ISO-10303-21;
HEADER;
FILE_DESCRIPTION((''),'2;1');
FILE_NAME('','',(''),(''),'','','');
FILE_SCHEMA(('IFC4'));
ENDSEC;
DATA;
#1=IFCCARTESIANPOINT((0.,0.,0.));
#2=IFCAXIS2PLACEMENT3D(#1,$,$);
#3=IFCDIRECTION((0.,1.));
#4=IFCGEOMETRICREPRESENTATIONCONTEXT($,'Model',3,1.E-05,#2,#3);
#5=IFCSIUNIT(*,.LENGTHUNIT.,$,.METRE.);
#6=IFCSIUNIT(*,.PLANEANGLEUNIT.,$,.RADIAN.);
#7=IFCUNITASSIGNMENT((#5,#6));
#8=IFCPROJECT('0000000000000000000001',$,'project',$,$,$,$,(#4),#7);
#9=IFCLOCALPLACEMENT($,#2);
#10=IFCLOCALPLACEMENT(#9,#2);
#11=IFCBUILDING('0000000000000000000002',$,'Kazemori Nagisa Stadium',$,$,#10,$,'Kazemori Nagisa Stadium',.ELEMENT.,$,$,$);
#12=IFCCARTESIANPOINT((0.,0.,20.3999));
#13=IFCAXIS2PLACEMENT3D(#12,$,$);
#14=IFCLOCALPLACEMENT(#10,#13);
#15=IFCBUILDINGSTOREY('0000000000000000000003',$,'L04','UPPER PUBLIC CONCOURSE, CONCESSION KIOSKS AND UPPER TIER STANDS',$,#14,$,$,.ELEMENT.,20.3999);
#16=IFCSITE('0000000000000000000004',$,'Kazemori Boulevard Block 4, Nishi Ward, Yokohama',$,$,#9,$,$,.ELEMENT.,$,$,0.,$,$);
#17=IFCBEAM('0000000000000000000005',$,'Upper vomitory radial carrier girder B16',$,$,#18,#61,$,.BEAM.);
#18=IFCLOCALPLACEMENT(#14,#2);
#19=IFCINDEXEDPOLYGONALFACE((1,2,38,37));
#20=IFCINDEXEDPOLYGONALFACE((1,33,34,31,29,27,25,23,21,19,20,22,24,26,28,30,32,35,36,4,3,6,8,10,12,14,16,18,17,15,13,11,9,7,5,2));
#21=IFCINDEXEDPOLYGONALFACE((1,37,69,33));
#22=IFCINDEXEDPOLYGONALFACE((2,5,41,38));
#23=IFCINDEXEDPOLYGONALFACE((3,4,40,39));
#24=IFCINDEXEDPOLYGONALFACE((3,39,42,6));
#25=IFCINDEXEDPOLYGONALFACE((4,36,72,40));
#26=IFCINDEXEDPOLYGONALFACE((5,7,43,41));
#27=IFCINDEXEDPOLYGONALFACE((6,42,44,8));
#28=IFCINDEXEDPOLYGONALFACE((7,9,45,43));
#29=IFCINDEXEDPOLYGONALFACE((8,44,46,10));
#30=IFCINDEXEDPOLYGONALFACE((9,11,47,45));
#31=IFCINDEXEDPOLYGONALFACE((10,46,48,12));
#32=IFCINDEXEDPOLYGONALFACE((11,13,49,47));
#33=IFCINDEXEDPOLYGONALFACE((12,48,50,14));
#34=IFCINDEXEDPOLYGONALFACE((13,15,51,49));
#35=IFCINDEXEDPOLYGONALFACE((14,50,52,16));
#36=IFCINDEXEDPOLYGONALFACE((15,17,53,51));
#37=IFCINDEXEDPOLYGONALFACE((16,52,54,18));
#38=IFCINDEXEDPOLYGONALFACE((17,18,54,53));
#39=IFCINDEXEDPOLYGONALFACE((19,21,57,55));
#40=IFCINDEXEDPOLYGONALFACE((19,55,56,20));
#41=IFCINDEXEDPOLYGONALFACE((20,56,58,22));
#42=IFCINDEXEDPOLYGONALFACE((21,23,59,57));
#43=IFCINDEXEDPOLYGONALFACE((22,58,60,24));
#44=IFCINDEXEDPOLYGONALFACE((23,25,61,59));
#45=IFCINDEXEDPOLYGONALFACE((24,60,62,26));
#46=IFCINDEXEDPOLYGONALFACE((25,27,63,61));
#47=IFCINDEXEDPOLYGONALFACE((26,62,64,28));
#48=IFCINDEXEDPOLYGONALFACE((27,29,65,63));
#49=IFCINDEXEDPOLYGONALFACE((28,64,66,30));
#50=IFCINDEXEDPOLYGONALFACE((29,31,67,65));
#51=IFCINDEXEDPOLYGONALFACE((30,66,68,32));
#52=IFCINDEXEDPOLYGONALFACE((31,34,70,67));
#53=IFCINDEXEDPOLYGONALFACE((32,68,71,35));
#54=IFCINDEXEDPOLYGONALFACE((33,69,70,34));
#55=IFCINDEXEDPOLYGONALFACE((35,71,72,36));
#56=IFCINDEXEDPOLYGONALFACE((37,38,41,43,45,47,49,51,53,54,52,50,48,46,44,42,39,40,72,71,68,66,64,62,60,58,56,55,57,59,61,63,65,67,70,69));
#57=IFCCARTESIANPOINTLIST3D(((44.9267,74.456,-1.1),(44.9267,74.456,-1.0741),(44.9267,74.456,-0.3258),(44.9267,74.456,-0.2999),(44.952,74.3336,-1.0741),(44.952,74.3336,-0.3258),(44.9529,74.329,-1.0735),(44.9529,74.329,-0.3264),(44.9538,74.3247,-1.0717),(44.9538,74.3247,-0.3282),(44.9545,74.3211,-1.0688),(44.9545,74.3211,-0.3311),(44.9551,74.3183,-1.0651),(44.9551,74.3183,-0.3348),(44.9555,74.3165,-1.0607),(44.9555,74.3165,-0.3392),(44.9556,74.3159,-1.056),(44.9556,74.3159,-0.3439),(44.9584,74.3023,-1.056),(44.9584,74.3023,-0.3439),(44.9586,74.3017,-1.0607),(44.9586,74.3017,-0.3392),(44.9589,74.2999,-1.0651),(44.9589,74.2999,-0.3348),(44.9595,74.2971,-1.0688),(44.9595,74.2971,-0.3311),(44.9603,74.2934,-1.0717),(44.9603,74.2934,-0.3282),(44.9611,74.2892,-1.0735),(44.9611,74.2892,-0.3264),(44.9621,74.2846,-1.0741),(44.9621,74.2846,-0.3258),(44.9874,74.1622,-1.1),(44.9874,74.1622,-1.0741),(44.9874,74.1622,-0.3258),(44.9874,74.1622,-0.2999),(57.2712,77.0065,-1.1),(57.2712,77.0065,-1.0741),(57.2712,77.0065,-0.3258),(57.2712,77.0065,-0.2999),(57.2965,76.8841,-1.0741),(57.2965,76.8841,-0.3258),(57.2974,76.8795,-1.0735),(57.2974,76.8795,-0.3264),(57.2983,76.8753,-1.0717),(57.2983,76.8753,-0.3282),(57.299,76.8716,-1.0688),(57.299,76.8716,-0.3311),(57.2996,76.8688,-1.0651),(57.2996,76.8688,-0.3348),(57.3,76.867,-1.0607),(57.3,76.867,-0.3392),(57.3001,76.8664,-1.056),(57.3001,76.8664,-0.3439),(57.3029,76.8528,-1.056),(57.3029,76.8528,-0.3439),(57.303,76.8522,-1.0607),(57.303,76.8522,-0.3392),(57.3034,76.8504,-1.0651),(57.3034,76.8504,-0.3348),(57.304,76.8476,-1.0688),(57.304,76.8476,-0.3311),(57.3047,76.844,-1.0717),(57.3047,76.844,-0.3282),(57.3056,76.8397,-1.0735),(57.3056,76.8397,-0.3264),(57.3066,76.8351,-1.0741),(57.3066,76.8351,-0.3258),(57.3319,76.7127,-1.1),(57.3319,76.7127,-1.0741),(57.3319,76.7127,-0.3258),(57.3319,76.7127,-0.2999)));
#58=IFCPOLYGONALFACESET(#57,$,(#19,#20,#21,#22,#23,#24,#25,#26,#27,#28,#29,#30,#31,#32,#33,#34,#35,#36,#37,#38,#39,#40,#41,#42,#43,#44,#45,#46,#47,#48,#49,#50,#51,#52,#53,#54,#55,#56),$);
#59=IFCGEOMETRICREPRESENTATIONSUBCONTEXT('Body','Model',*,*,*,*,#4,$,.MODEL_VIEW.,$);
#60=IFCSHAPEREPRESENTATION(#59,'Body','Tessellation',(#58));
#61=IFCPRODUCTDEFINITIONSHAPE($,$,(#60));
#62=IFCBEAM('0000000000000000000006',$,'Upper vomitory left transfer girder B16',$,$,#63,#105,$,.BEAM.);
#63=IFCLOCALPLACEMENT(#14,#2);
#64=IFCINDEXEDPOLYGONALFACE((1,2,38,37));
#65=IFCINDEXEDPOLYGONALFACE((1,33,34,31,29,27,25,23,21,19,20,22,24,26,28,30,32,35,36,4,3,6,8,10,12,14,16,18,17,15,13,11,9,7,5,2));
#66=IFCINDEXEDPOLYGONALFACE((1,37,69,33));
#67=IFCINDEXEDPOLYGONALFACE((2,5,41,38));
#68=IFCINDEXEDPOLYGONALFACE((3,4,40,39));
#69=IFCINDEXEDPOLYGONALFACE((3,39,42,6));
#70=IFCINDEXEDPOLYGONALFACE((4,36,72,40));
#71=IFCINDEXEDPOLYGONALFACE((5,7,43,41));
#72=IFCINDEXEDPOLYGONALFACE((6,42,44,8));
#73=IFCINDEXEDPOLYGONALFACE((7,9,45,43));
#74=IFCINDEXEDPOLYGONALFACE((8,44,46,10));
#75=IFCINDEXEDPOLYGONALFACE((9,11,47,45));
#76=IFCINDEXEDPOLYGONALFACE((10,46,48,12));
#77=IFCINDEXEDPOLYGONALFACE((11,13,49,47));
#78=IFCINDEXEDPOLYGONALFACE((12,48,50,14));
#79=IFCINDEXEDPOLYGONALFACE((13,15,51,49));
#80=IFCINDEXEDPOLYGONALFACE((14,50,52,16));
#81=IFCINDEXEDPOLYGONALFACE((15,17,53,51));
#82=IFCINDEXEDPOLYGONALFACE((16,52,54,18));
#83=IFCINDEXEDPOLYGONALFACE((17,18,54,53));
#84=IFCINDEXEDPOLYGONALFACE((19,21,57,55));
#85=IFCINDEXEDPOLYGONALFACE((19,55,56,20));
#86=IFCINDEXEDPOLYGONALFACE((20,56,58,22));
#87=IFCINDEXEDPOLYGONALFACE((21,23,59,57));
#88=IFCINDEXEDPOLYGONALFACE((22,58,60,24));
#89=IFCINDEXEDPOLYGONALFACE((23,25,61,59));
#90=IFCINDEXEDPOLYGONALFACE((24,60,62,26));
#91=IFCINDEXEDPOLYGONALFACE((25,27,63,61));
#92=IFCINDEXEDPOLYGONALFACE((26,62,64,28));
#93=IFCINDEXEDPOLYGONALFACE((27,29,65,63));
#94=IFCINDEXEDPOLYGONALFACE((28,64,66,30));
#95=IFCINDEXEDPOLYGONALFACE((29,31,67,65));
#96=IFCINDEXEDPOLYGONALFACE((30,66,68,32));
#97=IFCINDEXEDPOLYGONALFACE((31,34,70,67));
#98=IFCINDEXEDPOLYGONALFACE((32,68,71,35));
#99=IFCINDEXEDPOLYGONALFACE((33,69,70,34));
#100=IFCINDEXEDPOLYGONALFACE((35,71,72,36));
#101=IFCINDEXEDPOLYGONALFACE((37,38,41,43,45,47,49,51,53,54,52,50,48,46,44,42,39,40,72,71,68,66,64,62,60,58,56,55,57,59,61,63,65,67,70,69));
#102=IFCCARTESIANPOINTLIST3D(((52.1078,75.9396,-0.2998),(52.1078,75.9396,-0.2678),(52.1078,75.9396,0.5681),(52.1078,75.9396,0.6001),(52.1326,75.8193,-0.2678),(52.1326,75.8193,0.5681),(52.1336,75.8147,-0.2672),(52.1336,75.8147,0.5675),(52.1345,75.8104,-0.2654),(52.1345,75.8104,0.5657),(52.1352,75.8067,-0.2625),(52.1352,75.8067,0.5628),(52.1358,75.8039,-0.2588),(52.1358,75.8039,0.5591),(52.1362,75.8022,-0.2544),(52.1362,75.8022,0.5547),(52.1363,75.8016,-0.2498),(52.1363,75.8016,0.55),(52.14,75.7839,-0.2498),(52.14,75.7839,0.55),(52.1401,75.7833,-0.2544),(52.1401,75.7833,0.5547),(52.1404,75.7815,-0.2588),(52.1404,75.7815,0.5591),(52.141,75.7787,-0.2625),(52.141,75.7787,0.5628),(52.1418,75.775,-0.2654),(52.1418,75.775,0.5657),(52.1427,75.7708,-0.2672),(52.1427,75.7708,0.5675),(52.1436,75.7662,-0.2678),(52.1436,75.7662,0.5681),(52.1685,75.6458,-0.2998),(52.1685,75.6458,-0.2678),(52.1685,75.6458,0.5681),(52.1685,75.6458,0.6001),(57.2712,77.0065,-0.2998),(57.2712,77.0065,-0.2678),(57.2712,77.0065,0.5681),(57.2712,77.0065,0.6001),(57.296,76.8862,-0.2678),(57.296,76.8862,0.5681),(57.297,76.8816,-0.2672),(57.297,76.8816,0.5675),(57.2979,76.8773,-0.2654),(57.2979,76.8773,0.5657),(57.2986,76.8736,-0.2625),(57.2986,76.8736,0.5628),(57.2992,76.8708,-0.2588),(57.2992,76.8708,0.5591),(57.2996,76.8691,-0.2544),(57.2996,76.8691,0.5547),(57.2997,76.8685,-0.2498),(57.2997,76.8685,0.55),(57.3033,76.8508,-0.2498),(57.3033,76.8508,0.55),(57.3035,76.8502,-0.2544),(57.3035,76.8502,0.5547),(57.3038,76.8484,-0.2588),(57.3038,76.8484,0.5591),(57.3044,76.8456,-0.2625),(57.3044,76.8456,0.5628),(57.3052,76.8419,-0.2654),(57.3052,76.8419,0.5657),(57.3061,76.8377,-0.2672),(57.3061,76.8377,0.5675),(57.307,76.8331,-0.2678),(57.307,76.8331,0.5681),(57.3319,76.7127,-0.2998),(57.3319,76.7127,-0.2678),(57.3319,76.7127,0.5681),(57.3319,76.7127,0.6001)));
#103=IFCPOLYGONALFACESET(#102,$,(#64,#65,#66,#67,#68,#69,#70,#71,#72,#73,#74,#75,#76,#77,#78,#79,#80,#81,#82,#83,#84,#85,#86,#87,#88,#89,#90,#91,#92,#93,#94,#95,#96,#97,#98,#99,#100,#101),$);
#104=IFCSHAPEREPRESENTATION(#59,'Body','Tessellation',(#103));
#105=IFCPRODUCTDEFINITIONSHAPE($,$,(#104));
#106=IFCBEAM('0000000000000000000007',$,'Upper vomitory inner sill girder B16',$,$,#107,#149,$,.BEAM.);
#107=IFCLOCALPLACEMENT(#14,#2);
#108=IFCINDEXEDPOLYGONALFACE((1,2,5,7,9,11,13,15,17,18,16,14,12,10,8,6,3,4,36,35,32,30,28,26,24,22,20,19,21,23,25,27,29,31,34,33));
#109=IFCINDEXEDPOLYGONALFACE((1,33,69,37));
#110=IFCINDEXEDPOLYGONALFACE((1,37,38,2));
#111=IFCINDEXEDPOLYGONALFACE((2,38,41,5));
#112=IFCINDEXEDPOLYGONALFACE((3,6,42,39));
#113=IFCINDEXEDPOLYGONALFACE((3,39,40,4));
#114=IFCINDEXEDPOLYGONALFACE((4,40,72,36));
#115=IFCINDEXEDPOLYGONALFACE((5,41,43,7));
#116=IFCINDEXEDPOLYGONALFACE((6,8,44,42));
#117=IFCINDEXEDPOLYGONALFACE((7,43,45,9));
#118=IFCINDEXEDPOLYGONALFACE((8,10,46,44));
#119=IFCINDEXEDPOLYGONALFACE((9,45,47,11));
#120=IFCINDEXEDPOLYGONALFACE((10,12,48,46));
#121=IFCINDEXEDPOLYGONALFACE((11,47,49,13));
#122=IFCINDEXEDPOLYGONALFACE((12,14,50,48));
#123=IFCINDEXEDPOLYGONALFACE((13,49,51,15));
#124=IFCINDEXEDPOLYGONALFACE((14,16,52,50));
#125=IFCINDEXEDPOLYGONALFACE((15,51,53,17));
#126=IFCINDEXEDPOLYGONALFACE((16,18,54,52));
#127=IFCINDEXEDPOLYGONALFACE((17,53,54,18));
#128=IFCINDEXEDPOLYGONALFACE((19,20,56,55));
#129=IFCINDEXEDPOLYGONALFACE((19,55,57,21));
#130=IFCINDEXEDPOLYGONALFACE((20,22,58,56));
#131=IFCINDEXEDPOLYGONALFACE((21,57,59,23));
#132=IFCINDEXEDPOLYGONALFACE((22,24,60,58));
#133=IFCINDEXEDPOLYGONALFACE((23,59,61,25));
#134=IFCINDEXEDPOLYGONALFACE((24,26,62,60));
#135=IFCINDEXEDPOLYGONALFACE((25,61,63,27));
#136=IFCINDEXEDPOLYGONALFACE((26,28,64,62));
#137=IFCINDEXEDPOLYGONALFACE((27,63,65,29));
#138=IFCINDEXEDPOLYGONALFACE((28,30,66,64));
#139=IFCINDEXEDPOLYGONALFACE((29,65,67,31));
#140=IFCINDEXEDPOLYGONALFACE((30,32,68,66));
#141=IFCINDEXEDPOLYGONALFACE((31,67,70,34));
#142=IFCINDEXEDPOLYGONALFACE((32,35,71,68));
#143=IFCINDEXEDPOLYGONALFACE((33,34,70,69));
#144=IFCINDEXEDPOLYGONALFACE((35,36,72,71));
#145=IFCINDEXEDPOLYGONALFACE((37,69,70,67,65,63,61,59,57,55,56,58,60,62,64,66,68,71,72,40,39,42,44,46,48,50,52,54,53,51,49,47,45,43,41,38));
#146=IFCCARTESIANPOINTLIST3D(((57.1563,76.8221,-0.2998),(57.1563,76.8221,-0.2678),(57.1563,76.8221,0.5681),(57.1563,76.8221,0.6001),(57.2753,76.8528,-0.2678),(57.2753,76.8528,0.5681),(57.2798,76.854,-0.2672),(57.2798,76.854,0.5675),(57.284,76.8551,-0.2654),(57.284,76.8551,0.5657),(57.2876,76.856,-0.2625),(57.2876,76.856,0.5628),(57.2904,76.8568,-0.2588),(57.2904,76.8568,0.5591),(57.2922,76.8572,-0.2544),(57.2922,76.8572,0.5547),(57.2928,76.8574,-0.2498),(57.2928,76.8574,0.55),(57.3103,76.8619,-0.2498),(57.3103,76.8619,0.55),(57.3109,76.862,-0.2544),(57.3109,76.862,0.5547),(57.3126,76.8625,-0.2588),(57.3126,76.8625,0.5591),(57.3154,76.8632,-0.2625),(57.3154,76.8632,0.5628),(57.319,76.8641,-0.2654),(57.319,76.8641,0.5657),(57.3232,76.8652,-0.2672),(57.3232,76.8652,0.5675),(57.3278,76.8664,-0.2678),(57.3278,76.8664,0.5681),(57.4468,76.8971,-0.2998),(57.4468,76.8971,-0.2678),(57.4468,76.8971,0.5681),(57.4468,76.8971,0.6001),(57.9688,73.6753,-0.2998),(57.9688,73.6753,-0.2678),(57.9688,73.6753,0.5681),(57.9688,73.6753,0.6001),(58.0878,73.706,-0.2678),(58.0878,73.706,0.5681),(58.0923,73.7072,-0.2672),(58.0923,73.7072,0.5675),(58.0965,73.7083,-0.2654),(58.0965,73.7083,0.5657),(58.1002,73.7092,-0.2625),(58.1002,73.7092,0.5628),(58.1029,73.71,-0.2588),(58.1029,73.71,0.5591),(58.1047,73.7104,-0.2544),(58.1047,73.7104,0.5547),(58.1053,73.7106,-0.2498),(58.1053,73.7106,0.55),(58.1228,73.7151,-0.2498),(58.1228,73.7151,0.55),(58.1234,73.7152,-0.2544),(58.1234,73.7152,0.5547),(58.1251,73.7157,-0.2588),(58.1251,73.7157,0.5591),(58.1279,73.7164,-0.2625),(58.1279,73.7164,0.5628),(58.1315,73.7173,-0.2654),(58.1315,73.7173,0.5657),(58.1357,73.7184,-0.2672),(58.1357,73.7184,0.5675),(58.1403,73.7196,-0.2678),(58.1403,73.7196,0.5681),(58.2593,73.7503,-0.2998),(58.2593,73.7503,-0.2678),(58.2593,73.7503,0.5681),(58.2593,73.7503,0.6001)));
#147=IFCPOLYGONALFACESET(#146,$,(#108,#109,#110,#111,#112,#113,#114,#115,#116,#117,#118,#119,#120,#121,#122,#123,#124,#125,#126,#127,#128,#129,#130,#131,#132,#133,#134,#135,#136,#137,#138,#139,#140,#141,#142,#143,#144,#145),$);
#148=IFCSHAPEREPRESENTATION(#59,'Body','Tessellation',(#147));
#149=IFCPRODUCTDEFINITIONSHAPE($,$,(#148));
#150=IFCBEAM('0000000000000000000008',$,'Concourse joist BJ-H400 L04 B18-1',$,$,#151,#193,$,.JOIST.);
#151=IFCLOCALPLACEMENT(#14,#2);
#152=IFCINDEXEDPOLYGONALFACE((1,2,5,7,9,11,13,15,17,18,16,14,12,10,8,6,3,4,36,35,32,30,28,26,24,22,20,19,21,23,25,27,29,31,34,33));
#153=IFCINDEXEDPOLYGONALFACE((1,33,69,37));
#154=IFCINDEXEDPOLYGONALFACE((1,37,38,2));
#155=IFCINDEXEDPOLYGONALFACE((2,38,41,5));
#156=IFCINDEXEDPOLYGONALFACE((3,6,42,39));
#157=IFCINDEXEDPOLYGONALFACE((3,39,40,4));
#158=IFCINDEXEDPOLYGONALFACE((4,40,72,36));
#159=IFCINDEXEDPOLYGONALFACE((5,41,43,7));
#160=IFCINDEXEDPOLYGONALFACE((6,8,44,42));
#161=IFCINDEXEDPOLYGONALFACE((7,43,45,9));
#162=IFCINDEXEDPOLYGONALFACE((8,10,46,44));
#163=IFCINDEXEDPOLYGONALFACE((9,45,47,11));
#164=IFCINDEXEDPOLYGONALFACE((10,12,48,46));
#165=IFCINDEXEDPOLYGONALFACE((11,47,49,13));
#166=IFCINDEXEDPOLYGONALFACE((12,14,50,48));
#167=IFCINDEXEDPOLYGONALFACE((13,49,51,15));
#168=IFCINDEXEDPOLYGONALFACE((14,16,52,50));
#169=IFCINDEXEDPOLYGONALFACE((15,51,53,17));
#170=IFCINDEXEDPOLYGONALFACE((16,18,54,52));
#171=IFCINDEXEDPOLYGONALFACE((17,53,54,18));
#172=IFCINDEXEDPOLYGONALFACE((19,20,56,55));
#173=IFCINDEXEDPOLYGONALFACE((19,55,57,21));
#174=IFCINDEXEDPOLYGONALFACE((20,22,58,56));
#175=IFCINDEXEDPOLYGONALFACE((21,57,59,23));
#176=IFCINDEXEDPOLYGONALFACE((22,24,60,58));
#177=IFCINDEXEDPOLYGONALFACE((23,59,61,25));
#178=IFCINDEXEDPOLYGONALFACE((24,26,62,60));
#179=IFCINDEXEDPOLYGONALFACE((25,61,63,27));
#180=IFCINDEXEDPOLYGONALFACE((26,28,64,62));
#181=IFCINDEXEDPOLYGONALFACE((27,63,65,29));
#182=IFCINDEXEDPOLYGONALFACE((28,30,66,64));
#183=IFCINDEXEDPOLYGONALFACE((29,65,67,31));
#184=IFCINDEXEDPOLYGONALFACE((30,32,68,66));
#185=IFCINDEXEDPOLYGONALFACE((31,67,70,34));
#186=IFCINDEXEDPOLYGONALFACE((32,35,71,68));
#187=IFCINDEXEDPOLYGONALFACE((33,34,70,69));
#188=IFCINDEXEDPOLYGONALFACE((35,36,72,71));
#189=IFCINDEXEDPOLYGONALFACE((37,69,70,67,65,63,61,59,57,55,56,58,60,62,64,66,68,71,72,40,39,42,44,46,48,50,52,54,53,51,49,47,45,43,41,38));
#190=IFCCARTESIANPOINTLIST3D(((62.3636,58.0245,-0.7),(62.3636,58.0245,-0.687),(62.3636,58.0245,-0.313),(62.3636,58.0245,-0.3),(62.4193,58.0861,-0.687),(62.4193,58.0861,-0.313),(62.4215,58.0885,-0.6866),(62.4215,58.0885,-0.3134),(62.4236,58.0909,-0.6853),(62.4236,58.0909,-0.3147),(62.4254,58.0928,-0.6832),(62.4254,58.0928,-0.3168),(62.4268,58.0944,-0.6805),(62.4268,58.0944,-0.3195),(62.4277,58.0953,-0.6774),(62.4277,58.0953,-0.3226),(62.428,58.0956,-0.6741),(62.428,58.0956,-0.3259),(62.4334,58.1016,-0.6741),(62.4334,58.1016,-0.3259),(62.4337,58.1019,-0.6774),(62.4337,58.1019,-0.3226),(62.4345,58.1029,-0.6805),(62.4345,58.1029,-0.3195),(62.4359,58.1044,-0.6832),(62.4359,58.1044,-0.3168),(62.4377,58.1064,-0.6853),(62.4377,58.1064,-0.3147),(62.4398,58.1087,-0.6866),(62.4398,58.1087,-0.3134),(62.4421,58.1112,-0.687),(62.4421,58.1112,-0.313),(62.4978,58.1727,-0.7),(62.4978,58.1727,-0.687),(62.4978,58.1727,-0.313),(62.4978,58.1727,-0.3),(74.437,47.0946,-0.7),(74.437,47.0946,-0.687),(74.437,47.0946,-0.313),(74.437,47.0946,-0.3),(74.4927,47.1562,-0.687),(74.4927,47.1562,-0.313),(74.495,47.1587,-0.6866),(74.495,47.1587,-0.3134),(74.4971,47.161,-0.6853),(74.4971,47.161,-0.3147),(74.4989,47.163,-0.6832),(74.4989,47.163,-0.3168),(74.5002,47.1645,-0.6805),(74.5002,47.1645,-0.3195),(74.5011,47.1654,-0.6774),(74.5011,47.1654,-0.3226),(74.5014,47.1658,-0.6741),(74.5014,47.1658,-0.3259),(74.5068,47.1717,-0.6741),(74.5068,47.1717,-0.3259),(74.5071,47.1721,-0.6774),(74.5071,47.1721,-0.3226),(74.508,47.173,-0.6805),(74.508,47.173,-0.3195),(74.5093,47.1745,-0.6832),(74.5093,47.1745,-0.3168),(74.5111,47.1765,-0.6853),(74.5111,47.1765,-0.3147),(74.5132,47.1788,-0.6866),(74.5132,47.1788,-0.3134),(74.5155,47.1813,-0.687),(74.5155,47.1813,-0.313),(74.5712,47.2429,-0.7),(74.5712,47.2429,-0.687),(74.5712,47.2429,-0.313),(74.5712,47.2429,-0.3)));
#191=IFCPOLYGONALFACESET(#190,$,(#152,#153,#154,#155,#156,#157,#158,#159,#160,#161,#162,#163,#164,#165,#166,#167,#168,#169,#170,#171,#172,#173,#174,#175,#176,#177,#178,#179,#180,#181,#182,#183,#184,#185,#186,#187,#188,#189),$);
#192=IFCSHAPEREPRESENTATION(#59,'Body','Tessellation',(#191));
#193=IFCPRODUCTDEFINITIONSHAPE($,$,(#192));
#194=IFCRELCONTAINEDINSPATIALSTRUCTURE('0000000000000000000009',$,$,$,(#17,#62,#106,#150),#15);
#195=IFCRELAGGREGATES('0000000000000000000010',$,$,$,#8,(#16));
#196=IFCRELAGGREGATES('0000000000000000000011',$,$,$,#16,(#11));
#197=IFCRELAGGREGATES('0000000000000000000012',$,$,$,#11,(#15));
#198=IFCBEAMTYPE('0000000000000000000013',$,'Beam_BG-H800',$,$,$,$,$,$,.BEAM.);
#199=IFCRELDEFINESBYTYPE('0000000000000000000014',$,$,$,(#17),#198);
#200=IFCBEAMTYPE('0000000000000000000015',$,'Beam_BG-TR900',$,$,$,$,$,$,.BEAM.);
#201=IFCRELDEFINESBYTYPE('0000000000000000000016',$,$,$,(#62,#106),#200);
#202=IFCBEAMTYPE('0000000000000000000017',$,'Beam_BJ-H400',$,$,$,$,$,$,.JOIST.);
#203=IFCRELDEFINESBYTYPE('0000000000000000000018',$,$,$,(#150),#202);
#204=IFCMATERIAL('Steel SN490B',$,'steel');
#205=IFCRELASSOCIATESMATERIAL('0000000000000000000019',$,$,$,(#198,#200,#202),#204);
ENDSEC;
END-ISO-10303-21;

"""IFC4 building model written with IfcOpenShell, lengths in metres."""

from ifc_helpers import new_model, si_unit, direction, frame, origin, origin_2d, place, context, subcontext, project, spatial, i_section, extrude, material, material_profile, profile_set, type_object, element, save


model = new_model("IFC4")

# Units and contexts
model_context = context("Model", 3, precision=1e-05, world=origin(), true_north=direction((0.0, 1.0)))
body_context = subcontext(model_context, "Body", "Model", "MODEL_VIEW")
ifc_project = project(units=[si_unit("LENGTHUNIT", "METRE"), si_unit("PLANEANGLEUNIT", "RADIAN")], contexts=[model_context])

# Site, building, storey
site_placement = place(None, origin())
site = spatial("IfcSite", under=ifc_project, at=site_placement, Name="Kazemori Boulevard Block 4, Nishi Ward, Yokohama", CompositionType="ELEMENT", RefElevation=0.0)
building_placement = place(site_placement, origin())
building = spatial("IfcBuilding", under=site, at=building_placement, Name="Kazemori Nagisa Stadium", LongName="Kazemori Nagisa Stadium", CompositionType="ELEMENT")
storey_placement = place(building_placement, frame((0.0, 0.0, 20.3999)))
storey = spatial("IfcBuildingStorey", under=building, at=storey_placement, Name="L04", Description="UPPER PUBLIC CONCOURSE, CONCESSION KIOSKS AND UPPER TIER STANDS", CompositionType="ELEMENT", Elevation=20.3999)

# Beams
ifc_material_1 = material(Name="Steel SN490B", Category="steel")
ifc_material_profile_1 = material_profile(ifc_material_1, i_section(OverallWidth=0.3, OverallDepth=0.8, WebThickness=0.0139, FlangeThickness=0.0259, FilletRadius=0.0181, at=origin_2d()), Name="H-800x300x14x26")
ifc_profile_set_1 = profile_set([ifc_material_profile_1], Name="Steel SN490B")
beam_type_1 = type_object("IfcBeamType", Name="Beam_BG-H800", PredefinedType="BEAM", material=ifc_profile_set_1)
beam_1_placement = place(storey_placement, frame((57.3015, 76.8596, -0.7), z_axis=(-0.979315, -0.20234, 0.0), x_axis=(0.20234, -0.979315, 0.0)))
element("IfcBeam", 1, at=beam_1_placement, inside=storey, type_object=beam_type_1, Name="Upper vomitory radial carrier girder B16", PredefinedType="BEAM", context=body_context, shape_type="SweptSolid", body=[
    extrude(i_section(OverallWidth=0.3, OverallDepth=0.8, WebThickness=0.0139, FlangeThickness=0.0259, FilletRadius=0.0181, at=origin_2d()), origin(), (0.0, 0.0, 1.0), 12.6052),
])
ifc_material_profile_2 = material_profile(ifc_material_1, i_section(OverallWidth=0.3, OverallDepth=0.8999, WebThickness=0.0181, FlangeThickness=0.032, FilletRadius=0.0181, at=origin_2d()), Name="H-900x300x18x32")
ifc_profile_set_2 = profile_set([ifc_material_profile_2], Name="Steel SN490B")
beam_type_2 = type_object("IfcBeamType", Name="Beam_BG-TR900", PredefinedType="BEAM", material=ifc_profile_set_2)
beam_2_placement = place(storey_placement, frame((57.3015, 76.8596, 0.1501), z_axis=(-0.979312, -0.202354, 0.0), x_axis=(0.202354, -0.979312, 0.0)))
element("IfcBeam", 2, at=beam_2_placement, inside=storey, type_object=beam_type_2, Name="Upper vomitory left transfer girder B16", PredefinedType="BEAM", context=body_context, shape_type="SweptSolid", body=[
    extrude(i_section(OverallWidth=0.3, OverallDepth=0.8999, WebThickness=0.0181, FlangeThickness=0.032, FilletRadius=0.0181, at=origin_2d()), origin(), (0.0, 0.0, 1.0), 5.2725),
])
beam_3_placement = place(storey_placement, frame((57.3015, 76.8596, 0.1501), z_axis=(0.250005, -0.968244, 0.0), x_axis=(0.968244, 0.250005, 0.0)))
element("IfcBeam", 3, at=beam_3_placement, inside=storey, type_object=beam_type_2, Name="Upper vomitory inner sill girder B16", PredefinedType="BEAM", context=body_context, shape_type="SweptSolid", body=[
    extrude(i_section(OverallWidth=0.3, OverallDepth=0.8999, WebThickness=0.0181, FlangeThickness=0.032, FilletRadius=0.0181, at=origin_2d()), origin(), (0.0, 0.0, 1.0), 3.25),
])
ifc_material_profile_3 = material_profile(ifc_material_1, i_section(OverallWidth=0.2, OverallDepth=0.3999, WebThickness=0.0081, FlangeThickness=0.0129, FilletRadius=0.0129, at=origin_2d()), Name="H-400x200x8x13")
ifc_profile_set_3 = profile_set([ifc_material_profile_3], Name="Steel SN490B")
beam_type_3 = type_object("IfcBeamType", Name="Beam_BJ-H400", PredefinedType="JOIST", material=ifc_profile_set_3)
beam_4_placement = place(storey_placement, frame((62.4307, 58.0986, -0.5), z_axis=(0.741343, -0.671126, 0.0), x_axis=(0.671126, 0.741343, 0.0)))
element("IfcBeam", 4, at=beam_4_placement, inside=storey, type_object=beam_type_3, Name="Concourse joist BJ-H400 L04 B18-1", PredefinedType="JOIST", context=body_context, shape_type="SweptSolid", body=[
    extrude(i_section(OverallWidth=0.2, OverallDepth=0.3999, WebThickness=0.0081, FlangeThickness=0.0129, FilletRadius=0.0129, at=origin_2d()), origin(), (0.0, 0.0, 1.0), 16.2859),
])

save(model, "model.ifc")
